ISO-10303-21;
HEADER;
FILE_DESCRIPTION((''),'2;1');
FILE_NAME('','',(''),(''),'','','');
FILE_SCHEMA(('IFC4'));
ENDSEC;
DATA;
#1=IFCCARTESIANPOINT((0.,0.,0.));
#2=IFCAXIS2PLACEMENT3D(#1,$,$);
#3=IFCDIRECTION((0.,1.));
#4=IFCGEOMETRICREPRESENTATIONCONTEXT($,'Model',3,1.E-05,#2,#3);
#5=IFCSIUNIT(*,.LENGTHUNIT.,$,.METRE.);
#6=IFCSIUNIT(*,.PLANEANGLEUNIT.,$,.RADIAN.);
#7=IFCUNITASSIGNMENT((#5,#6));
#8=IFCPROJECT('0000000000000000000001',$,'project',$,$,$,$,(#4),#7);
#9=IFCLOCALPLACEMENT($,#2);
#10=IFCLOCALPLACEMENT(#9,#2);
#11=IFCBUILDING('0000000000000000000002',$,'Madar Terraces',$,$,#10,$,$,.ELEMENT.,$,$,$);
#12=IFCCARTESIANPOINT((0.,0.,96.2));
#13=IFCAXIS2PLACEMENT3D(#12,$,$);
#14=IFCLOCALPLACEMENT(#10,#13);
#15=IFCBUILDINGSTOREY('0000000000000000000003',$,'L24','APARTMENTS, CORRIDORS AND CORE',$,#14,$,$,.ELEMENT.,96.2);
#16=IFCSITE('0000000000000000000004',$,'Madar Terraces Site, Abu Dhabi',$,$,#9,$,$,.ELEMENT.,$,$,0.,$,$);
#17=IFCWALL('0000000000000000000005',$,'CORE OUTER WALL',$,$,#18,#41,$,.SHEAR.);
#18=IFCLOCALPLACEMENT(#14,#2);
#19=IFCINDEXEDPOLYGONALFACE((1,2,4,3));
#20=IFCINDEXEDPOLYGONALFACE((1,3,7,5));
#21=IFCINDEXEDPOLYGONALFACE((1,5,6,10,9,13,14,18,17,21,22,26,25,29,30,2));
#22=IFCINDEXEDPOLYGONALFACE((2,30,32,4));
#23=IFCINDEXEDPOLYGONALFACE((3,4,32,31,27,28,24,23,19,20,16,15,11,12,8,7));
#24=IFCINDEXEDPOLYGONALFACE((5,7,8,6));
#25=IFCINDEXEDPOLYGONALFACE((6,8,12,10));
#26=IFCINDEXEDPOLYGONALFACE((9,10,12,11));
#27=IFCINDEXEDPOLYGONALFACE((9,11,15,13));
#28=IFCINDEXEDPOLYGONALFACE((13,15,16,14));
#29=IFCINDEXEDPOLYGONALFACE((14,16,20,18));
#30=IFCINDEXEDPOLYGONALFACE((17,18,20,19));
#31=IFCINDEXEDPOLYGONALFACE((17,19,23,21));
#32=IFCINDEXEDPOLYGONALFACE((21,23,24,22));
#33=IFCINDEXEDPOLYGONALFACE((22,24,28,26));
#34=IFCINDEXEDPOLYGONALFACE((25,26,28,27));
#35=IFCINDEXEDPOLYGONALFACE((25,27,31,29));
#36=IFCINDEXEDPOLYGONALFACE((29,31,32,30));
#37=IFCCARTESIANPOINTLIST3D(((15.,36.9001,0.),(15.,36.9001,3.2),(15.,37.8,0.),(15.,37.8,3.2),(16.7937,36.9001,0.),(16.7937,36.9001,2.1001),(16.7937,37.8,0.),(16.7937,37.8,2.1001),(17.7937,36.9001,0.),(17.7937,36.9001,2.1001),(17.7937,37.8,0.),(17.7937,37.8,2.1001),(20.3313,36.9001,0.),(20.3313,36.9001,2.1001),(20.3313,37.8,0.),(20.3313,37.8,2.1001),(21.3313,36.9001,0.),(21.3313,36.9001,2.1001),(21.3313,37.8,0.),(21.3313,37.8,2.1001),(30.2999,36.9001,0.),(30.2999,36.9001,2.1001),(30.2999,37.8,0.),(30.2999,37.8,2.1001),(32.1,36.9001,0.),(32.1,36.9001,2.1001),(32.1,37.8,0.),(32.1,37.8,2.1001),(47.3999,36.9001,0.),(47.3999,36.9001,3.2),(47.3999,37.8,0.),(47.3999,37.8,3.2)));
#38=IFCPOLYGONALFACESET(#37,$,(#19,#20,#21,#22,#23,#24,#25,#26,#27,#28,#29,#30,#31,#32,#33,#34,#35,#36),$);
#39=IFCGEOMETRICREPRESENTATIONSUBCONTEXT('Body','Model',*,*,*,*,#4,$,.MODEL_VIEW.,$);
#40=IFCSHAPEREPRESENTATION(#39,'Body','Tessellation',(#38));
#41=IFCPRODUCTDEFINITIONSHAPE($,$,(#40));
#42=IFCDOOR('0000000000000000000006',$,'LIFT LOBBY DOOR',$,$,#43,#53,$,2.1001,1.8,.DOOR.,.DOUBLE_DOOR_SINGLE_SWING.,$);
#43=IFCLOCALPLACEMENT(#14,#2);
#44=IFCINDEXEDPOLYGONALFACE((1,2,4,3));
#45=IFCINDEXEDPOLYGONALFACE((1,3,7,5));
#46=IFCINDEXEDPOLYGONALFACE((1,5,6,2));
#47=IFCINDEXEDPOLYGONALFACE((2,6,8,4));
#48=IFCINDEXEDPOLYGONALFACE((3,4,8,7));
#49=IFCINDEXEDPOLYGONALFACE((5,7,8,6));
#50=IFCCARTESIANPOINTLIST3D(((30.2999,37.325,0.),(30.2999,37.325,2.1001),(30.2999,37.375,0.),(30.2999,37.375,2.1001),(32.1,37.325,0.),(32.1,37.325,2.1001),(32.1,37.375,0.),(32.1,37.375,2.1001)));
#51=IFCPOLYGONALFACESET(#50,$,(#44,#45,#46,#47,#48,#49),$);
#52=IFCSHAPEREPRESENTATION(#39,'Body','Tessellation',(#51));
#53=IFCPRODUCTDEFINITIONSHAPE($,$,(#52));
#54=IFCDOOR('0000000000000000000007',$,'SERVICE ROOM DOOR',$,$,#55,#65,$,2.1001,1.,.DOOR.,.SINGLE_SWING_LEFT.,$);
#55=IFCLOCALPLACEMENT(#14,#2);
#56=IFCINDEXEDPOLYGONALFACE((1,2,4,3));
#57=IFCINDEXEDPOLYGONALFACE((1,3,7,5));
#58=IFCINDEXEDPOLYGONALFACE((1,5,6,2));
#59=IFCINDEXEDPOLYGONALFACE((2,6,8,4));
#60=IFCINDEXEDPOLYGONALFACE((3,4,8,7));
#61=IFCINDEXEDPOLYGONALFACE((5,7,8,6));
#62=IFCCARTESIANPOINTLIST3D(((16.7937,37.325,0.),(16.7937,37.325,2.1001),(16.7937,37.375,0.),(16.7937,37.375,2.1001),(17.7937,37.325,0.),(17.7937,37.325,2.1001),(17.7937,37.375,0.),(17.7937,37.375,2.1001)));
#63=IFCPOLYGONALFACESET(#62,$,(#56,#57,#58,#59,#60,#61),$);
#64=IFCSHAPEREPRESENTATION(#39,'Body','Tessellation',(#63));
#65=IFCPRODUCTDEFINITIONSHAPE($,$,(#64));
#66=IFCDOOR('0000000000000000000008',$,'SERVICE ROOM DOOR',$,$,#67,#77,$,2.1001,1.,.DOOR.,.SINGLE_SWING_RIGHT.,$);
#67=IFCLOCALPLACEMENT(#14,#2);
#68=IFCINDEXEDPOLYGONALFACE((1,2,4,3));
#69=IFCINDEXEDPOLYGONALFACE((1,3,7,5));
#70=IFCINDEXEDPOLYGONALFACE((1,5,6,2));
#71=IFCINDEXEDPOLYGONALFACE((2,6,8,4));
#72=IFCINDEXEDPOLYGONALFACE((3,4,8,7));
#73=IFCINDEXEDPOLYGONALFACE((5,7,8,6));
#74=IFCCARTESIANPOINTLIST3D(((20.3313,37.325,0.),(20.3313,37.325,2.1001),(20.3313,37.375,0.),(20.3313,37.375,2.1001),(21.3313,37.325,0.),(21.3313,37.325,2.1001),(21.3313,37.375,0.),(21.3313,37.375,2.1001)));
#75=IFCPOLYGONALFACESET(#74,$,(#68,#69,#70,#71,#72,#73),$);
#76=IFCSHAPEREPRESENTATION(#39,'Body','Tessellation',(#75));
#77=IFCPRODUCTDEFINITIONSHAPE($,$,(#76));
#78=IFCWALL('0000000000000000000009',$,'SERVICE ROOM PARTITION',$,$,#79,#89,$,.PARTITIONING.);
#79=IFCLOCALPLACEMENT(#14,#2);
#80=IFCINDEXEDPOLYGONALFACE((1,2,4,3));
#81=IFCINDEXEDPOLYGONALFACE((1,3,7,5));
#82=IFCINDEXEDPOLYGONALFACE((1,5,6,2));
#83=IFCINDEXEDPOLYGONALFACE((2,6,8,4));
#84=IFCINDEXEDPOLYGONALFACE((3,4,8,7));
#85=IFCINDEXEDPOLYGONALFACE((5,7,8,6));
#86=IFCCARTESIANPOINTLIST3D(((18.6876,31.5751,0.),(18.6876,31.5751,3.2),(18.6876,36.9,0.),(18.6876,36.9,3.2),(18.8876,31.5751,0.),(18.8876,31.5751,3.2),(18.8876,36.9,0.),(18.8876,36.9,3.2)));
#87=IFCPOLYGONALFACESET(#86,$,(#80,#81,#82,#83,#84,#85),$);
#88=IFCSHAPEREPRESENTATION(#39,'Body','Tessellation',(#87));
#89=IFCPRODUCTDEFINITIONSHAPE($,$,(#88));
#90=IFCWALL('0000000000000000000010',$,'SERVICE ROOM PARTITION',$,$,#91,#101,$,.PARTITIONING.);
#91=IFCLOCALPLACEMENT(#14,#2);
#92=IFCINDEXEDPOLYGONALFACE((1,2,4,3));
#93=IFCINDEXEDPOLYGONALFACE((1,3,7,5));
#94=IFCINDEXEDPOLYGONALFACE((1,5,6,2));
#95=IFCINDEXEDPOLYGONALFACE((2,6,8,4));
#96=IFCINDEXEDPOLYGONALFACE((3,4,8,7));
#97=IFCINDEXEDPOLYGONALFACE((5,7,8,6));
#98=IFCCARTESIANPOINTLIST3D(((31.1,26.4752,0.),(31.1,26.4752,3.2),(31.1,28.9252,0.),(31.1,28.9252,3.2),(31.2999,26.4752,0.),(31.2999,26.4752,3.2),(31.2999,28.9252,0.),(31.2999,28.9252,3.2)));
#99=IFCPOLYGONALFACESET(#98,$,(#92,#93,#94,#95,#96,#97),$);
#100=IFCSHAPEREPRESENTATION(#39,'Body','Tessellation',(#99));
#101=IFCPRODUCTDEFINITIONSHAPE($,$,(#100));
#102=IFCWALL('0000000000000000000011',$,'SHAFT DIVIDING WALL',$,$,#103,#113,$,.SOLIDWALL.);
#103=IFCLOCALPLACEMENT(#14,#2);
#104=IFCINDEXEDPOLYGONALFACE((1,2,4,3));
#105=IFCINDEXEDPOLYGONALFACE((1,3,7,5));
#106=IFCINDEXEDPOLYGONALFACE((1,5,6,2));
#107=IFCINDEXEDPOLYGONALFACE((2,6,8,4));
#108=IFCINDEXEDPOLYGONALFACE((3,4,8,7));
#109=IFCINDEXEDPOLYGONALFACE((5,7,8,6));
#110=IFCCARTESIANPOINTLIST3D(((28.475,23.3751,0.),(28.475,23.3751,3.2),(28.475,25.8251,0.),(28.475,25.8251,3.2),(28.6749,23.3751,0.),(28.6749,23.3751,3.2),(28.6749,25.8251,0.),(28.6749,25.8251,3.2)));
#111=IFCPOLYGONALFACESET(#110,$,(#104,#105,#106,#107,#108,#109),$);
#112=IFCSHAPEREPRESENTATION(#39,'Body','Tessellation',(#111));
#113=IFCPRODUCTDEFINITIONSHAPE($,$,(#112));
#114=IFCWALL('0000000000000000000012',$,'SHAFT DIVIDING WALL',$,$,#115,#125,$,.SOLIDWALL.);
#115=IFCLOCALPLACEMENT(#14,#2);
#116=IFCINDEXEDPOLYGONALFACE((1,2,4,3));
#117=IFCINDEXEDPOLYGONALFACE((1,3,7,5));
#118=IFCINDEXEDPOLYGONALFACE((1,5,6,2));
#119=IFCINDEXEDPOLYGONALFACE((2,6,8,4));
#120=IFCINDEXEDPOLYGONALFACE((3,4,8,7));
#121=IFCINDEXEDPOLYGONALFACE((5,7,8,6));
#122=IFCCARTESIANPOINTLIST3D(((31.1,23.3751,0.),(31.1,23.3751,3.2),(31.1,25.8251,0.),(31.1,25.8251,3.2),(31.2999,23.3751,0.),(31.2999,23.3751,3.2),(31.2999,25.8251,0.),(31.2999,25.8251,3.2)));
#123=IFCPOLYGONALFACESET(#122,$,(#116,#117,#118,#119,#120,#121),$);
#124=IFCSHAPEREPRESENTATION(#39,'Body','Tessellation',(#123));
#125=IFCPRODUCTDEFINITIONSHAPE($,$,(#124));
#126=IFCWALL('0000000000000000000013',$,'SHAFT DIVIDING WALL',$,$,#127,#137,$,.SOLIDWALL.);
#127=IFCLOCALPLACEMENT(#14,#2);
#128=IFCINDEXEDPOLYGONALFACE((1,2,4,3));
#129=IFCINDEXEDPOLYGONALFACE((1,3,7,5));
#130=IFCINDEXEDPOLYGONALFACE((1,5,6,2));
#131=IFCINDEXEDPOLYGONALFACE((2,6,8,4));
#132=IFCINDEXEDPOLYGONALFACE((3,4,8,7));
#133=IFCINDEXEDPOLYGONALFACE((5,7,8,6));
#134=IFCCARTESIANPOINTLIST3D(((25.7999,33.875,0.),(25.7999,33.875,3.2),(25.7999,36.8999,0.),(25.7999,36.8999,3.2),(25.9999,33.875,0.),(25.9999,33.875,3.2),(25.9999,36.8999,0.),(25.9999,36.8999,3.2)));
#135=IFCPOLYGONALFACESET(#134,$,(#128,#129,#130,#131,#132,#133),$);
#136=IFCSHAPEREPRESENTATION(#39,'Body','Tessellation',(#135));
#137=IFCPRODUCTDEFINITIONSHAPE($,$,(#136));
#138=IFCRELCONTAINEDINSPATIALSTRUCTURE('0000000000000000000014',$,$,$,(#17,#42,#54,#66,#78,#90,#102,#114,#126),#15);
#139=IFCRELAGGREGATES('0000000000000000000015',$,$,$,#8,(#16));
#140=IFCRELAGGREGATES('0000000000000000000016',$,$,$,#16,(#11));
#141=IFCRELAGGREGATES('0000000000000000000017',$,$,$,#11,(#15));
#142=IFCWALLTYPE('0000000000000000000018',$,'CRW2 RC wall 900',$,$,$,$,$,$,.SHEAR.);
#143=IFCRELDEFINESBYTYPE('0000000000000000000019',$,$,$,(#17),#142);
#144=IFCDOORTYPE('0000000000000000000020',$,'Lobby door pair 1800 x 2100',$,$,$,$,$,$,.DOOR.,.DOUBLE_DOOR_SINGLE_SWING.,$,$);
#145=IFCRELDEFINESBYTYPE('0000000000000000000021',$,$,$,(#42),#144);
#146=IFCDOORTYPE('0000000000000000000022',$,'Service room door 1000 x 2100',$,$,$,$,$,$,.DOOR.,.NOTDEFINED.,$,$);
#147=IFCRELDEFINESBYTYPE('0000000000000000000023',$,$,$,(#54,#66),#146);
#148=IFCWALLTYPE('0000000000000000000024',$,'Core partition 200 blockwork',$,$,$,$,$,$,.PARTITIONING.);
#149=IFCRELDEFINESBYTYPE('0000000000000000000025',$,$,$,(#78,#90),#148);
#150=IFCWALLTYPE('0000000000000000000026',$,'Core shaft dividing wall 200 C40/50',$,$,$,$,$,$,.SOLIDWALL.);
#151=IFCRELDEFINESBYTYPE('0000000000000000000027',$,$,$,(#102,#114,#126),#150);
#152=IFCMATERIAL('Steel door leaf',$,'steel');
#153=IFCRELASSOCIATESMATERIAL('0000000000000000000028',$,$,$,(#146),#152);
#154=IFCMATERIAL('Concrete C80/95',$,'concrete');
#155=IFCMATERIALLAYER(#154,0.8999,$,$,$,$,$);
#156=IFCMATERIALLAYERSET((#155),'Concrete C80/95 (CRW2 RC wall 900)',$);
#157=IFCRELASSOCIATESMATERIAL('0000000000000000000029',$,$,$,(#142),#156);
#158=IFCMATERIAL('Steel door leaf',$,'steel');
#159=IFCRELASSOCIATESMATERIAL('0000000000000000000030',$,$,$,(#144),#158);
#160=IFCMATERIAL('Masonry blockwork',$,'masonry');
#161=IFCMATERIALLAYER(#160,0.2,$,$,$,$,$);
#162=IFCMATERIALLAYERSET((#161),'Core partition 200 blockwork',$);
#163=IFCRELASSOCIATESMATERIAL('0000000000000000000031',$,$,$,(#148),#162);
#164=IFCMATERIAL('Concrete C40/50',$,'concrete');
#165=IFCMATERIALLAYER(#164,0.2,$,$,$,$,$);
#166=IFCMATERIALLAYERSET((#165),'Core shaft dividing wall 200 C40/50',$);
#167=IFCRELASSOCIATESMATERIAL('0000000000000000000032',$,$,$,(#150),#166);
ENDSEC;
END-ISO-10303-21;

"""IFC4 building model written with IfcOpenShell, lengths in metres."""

from ifc_helpers import new_model, si_unit, direction, frame, frame_2d, origin, place, context, subcontext, project, spatial, rectangle, extrude, material, layer, layer_set, type_object, element, fill, save


model = new_model("IFC4")

# Units and contexts
model_context = context("Model", 3, precision=1e-05, world=origin(), true_north=direction((0.0, 1.0)))
body_context = subcontext(model_context, "Body", "Model", "MODEL_VIEW")
ifc_project = project(units=[si_unit("LENGTHUNIT", "METRE"), si_unit("PLANEANGLEUNIT", "RADIAN")], contexts=[model_context])

# Site, building, storey
site_placement = place(None, origin())
site = spatial("IfcSite", under=ifc_project, at=site_placement, Name="Madar Terraces Site, Abu Dhabi", CompositionType="ELEMENT", RefElevation=0.0)
building_placement = place(site_placement, origin())
building = spatial("IfcBuilding", under=site, at=building_placement, Name="Madar Terraces", CompositionType="ELEMENT")
storey_placement = place(building_placement, frame((0.0, 0.0, 96.2)))
storey = spatial("IfcBuildingStorey", under=building, at=storey_placement, Name="L24", Description="APARTMENTS, CORRIDORS AND CORE", CompositionType="ELEMENT", Elevation=96.2)

# Shared definitions
ifc_material_1 = material(Name="Steel door leaf", Category="steel")
door_type_1 = type_object("IfcDoorType", Name="Service room door 1000 x 2100", OperationType="NOTDEFINED", PredefinedType="DOOR", material=ifc_material_1)

# Wall, openings, doors
ifc_material_2 = material(Name="Concrete C80/95", Category="concrete")
ifc_layer_1 = layer(ifc_material_2, 0.8999)
ifc_layer_set_1 = layer_set([ifc_layer_1], Name="Concrete C80/95 (CRW2 RC wall 900)")
wall_type_1 = type_object("IfcWallType", Name="CRW2 RC wall 900", PredefinedType="SHEAR", material=ifc_layer_set_1)
wall_1_placement = place(storey_placement, frame((15.0, 37.3501, 0.0), z_axis=(0.0, 0.0, 1.0), x_axis=(1.0, 0.0, 0.0)))
wall_1 = element("IfcWall", 1, at=wall_1_placement, inside=storey, type_object=wall_type_1, Name="CORE OUTER WALL", PredefinedType="SHEAR", context=body_context, shape_type="SweptSolid", body=[
    extrude(rectangle(XDim=32.3999, YDim=0.8999, at=frame_2d((16.2, 0.0))), origin(), (0.0, 0.0, 1.0), 3.2),
])
opening_1_placement = place(wall_1_placement, frame((15.3, 0.0, 0.0)))
opening_1 = element("IfcOpeningElement", 2, at=opening_1_placement, cuts=wall_1, PredefinedType="OPENING", context=body_context, shape_type="SweptSolid", body=[
    extrude(rectangle(XDim=1.8, YDim=2.1001, at=frame_2d((0.8999, 1.05))), frame((0.0, 0.46, 0.0), z_axis=(0.0, -1.0, 0.0), x_axis=(1.0, 0.0, 0.0)), (0.0, 0.0, 1.0), 0.9199),
])
opening_2_placement = place(wall_1_placement, frame((1.7937, 0.0, 0.0)))
opening_2 = element("IfcOpeningElement", 3, at=opening_2_placement, cuts=wall_1, PredefinedType="OPENING", context=body_context, shape_type="SweptSolid", body=[
    extrude(rectangle(XDim=1.0, YDim=2.1001, at=frame_2d((0.5, 1.05))), frame((0.0, 0.46, 0.0), z_axis=(0.0, -1.0, 0.0), x_axis=(1.0, 0.0, 0.0)), (0.0, 0.0, 1.0), 0.9199),
])
opening_3_placement = place(wall_1_placement, frame((5.3313, 0.0, 0.0)))
opening_3 = element("IfcOpeningElement", 4, at=opening_3_placement, cuts=wall_1, PredefinedType="OPENING", context=body_context, shape_type="SweptSolid", body=[
    extrude(rectangle(XDim=1.0, YDim=2.1001, at=frame_2d((0.5, 1.05))), frame((0.0, 0.46, 0.0), z_axis=(0.0, -1.0, 0.0), x_axis=(1.0, 0.0, 0.0)), (0.0, 0.0, 1.0), 0.9199),
])
ifc_material_3 = material(Name="Steel door leaf", Category="steel")
door_type_2 = type_object("IfcDoorType", Name="Lobby door pair 1800 x 2100", OperationType="DOUBLE_DOOR_SINGLE_SWING", PredefinedType="DOOR", material=ifc_material_3)
door_1_placement = place(opening_1_placement, origin())
door_1 = element("IfcDoor", 5, at=door_1_placement, inside=storey, type_object=door_type_2, Name="LIFT LOBBY DOOR", OperationType="DOUBLE_DOOR_SINGLE_SWING", OverallHeight=2.1001, OverallWidth=1.8, PredefinedType="DOOR", context=body_context, shape_type="SweptSolid", body=[
    extrude(rectangle(XDim=1.8, YDim=2.1001, at=frame_2d((0.8999, 1.05))), frame((0.0, 0.0249, 0.0), z_axis=(0.0, -1.0, 0.0), x_axis=(1.0, 0.0, 0.0)), (0.0, 0.0, 1.0), 0.05),
])
fill(opening_1, door_1)
door_2_placement = place(opening_2_placement, origin())
door_2 = element("IfcDoor", 6, at=door_2_placement, inside=storey, type_object=door_type_1, Name="SERVICE ROOM DOOR", OperationType="SINGLE_SWING_LEFT", OverallHeight=2.1001, OverallWidth=1.0, PredefinedType="DOOR", context=body_context, shape_type="SweptSolid", body=[
    extrude(rectangle(XDim=1.0, YDim=2.1001, at=frame_2d((0.5, 1.05))), frame((0.0, 0.0249, 0.0), z_axis=(0.0, -1.0, 0.0), x_axis=(1.0, 0.0, 0.0)), (0.0, 0.0, 1.0), 0.05),
])
fill(opening_2, door_2)
door_3_placement = place(opening_3_placement, origin())
door_3 = element("IfcDoor", 7, at=door_3_placement, inside=storey, type_object=door_type_1, Name="SERVICE ROOM DOOR", OperationType="SINGLE_SWING_RIGHT", OverallHeight=2.1001, OverallWidth=1.0, PredefinedType="DOOR", context=body_context, shape_type="SweptSolid", body=[
    extrude(rectangle(XDim=1.0, YDim=2.1001, at=frame_2d((0.5, 1.05))), frame((0.0, 0.0249, 0.0), z_axis=(0.0, -1.0, 0.0), x_axis=(1.0, 0.0, 0.0)), (0.0, 0.0, 1.0), 0.05),
])
fill(opening_3, door_3)

# Walls
ifc_material_4 = material(Name="Masonry blockwork", Category="masonry")
ifc_layer_2 = layer(ifc_material_4, 0.2)
ifc_layer_set_2 = layer_set([ifc_layer_2], Name="Core partition 200 blockwork")
wall_type_2 = type_object("IfcWallType", Name="Core partition 200 blockwork", PredefinedType="PARTITIONING", material=ifc_layer_set_2)
wall_2_placement = place(storey_placement, frame((18.7876, 31.575, 0.0), z_axis=(0.0, 0.0, 1.0), x_axis=(0.0, 1.0, 0.0)))
element("IfcWall", 8, at=wall_2_placement, inside=storey, type_object=wall_type_2, Name="SERVICE ROOM PARTITION", PredefinedType="PARTITIONING", context=body_context, shape_type="SweptSolid", body=[
    extrude(rectangle(XDim=5.325, YDim=0.2, at=frame_2d((2.6626, 0.0))), origin(), (0.0, 0.0, 1.0), 3.2),
])
wall_3_placement = place(storey_placement, frame((31.2, 26.4751, 0.0), z_axis=(0.0, 0.0, 1.0), x_axis=(0.0, 1.0, 0.0)))
element("IfcWall", 9, at=wall_3_placement, inside=storey, type_object=wall_type_2, Name="SERVICE ROOM PARTITION", PredefinedType="PARTITIONING", context=body_context, shape_type="SweptSolid", body=[
    extrude(rectangle(XDim=2.45, YDim=0.2, at=frame_2d((1.2251, 0.0))), origin(), (0.0, 0.0, 1.0), 3.2),
])
ifc_material_5 = material(Name="Concrete C40/50", Category="concrete")
ifc_layer_3 = layer(ifc_material_5, 0.2)
ifc_layer_set_3 = layer_set([ifc_layer_3], Name="Core shaft dividing wall 200 C40/50")
wall_type_3 = type_object("IfcWallType", Name="Core shaft dividing wall 200 C40/50", PredefinedType="SOLIDWALL", material=ifc_layer_set_3)
for number, where, z_axis, x_axis, name in (
    (10, (28.575, 23.375, 0.0), (0.0, 0.0, 1.0), (0.0, 1.0, 0.0), "SHAFT DIVIDING WALL"),
    (11, (31.2, 23.375, 0.0), (0.0, 0.0, 1.0), (0.0, 1.0, 0.0), "SHAFT DIVIDING WALL"),
):
    element("IfcWall", number, at=place(storey_placement, frame(where, z_axis=z_axis, x_axis=x_axis)), inside=storey, type_object=wall_type_3, Name=name, PredefinedType="SOLIDWALL", context=body_context, shape_type="SweptSolid", body=[
        extrude(rectangle(XDim=2.45, YDim=0.2, at=frame_2d((1.2251, 0.0))), origin(), (0.0, 0.0, 1.0), 3.2),
    ])
wall_4_placement = place(storey_placement, frame((25.8999, 33.875, 0.0), z_axis=(0.0, 0.0, 1.0), x_axis=(0.0, 1.0, 0.0)))
element("IfcWall", 12, at=wall_4_placement, inside=storey, type_object=wall_type_3, Name="SHAFT DIVIDING WALL", PredefinedType="SOLIDWALL", context=body_context, shape_type="SweptSolid", body=[
    extrude(rectangle(XDim=3.0249, YDim=0.2, at=frame_2d((1.5125, 0.0))), origin(), (0.0, 0.0, 1.0), 3.2),
])

save(model, "model.ifc")
